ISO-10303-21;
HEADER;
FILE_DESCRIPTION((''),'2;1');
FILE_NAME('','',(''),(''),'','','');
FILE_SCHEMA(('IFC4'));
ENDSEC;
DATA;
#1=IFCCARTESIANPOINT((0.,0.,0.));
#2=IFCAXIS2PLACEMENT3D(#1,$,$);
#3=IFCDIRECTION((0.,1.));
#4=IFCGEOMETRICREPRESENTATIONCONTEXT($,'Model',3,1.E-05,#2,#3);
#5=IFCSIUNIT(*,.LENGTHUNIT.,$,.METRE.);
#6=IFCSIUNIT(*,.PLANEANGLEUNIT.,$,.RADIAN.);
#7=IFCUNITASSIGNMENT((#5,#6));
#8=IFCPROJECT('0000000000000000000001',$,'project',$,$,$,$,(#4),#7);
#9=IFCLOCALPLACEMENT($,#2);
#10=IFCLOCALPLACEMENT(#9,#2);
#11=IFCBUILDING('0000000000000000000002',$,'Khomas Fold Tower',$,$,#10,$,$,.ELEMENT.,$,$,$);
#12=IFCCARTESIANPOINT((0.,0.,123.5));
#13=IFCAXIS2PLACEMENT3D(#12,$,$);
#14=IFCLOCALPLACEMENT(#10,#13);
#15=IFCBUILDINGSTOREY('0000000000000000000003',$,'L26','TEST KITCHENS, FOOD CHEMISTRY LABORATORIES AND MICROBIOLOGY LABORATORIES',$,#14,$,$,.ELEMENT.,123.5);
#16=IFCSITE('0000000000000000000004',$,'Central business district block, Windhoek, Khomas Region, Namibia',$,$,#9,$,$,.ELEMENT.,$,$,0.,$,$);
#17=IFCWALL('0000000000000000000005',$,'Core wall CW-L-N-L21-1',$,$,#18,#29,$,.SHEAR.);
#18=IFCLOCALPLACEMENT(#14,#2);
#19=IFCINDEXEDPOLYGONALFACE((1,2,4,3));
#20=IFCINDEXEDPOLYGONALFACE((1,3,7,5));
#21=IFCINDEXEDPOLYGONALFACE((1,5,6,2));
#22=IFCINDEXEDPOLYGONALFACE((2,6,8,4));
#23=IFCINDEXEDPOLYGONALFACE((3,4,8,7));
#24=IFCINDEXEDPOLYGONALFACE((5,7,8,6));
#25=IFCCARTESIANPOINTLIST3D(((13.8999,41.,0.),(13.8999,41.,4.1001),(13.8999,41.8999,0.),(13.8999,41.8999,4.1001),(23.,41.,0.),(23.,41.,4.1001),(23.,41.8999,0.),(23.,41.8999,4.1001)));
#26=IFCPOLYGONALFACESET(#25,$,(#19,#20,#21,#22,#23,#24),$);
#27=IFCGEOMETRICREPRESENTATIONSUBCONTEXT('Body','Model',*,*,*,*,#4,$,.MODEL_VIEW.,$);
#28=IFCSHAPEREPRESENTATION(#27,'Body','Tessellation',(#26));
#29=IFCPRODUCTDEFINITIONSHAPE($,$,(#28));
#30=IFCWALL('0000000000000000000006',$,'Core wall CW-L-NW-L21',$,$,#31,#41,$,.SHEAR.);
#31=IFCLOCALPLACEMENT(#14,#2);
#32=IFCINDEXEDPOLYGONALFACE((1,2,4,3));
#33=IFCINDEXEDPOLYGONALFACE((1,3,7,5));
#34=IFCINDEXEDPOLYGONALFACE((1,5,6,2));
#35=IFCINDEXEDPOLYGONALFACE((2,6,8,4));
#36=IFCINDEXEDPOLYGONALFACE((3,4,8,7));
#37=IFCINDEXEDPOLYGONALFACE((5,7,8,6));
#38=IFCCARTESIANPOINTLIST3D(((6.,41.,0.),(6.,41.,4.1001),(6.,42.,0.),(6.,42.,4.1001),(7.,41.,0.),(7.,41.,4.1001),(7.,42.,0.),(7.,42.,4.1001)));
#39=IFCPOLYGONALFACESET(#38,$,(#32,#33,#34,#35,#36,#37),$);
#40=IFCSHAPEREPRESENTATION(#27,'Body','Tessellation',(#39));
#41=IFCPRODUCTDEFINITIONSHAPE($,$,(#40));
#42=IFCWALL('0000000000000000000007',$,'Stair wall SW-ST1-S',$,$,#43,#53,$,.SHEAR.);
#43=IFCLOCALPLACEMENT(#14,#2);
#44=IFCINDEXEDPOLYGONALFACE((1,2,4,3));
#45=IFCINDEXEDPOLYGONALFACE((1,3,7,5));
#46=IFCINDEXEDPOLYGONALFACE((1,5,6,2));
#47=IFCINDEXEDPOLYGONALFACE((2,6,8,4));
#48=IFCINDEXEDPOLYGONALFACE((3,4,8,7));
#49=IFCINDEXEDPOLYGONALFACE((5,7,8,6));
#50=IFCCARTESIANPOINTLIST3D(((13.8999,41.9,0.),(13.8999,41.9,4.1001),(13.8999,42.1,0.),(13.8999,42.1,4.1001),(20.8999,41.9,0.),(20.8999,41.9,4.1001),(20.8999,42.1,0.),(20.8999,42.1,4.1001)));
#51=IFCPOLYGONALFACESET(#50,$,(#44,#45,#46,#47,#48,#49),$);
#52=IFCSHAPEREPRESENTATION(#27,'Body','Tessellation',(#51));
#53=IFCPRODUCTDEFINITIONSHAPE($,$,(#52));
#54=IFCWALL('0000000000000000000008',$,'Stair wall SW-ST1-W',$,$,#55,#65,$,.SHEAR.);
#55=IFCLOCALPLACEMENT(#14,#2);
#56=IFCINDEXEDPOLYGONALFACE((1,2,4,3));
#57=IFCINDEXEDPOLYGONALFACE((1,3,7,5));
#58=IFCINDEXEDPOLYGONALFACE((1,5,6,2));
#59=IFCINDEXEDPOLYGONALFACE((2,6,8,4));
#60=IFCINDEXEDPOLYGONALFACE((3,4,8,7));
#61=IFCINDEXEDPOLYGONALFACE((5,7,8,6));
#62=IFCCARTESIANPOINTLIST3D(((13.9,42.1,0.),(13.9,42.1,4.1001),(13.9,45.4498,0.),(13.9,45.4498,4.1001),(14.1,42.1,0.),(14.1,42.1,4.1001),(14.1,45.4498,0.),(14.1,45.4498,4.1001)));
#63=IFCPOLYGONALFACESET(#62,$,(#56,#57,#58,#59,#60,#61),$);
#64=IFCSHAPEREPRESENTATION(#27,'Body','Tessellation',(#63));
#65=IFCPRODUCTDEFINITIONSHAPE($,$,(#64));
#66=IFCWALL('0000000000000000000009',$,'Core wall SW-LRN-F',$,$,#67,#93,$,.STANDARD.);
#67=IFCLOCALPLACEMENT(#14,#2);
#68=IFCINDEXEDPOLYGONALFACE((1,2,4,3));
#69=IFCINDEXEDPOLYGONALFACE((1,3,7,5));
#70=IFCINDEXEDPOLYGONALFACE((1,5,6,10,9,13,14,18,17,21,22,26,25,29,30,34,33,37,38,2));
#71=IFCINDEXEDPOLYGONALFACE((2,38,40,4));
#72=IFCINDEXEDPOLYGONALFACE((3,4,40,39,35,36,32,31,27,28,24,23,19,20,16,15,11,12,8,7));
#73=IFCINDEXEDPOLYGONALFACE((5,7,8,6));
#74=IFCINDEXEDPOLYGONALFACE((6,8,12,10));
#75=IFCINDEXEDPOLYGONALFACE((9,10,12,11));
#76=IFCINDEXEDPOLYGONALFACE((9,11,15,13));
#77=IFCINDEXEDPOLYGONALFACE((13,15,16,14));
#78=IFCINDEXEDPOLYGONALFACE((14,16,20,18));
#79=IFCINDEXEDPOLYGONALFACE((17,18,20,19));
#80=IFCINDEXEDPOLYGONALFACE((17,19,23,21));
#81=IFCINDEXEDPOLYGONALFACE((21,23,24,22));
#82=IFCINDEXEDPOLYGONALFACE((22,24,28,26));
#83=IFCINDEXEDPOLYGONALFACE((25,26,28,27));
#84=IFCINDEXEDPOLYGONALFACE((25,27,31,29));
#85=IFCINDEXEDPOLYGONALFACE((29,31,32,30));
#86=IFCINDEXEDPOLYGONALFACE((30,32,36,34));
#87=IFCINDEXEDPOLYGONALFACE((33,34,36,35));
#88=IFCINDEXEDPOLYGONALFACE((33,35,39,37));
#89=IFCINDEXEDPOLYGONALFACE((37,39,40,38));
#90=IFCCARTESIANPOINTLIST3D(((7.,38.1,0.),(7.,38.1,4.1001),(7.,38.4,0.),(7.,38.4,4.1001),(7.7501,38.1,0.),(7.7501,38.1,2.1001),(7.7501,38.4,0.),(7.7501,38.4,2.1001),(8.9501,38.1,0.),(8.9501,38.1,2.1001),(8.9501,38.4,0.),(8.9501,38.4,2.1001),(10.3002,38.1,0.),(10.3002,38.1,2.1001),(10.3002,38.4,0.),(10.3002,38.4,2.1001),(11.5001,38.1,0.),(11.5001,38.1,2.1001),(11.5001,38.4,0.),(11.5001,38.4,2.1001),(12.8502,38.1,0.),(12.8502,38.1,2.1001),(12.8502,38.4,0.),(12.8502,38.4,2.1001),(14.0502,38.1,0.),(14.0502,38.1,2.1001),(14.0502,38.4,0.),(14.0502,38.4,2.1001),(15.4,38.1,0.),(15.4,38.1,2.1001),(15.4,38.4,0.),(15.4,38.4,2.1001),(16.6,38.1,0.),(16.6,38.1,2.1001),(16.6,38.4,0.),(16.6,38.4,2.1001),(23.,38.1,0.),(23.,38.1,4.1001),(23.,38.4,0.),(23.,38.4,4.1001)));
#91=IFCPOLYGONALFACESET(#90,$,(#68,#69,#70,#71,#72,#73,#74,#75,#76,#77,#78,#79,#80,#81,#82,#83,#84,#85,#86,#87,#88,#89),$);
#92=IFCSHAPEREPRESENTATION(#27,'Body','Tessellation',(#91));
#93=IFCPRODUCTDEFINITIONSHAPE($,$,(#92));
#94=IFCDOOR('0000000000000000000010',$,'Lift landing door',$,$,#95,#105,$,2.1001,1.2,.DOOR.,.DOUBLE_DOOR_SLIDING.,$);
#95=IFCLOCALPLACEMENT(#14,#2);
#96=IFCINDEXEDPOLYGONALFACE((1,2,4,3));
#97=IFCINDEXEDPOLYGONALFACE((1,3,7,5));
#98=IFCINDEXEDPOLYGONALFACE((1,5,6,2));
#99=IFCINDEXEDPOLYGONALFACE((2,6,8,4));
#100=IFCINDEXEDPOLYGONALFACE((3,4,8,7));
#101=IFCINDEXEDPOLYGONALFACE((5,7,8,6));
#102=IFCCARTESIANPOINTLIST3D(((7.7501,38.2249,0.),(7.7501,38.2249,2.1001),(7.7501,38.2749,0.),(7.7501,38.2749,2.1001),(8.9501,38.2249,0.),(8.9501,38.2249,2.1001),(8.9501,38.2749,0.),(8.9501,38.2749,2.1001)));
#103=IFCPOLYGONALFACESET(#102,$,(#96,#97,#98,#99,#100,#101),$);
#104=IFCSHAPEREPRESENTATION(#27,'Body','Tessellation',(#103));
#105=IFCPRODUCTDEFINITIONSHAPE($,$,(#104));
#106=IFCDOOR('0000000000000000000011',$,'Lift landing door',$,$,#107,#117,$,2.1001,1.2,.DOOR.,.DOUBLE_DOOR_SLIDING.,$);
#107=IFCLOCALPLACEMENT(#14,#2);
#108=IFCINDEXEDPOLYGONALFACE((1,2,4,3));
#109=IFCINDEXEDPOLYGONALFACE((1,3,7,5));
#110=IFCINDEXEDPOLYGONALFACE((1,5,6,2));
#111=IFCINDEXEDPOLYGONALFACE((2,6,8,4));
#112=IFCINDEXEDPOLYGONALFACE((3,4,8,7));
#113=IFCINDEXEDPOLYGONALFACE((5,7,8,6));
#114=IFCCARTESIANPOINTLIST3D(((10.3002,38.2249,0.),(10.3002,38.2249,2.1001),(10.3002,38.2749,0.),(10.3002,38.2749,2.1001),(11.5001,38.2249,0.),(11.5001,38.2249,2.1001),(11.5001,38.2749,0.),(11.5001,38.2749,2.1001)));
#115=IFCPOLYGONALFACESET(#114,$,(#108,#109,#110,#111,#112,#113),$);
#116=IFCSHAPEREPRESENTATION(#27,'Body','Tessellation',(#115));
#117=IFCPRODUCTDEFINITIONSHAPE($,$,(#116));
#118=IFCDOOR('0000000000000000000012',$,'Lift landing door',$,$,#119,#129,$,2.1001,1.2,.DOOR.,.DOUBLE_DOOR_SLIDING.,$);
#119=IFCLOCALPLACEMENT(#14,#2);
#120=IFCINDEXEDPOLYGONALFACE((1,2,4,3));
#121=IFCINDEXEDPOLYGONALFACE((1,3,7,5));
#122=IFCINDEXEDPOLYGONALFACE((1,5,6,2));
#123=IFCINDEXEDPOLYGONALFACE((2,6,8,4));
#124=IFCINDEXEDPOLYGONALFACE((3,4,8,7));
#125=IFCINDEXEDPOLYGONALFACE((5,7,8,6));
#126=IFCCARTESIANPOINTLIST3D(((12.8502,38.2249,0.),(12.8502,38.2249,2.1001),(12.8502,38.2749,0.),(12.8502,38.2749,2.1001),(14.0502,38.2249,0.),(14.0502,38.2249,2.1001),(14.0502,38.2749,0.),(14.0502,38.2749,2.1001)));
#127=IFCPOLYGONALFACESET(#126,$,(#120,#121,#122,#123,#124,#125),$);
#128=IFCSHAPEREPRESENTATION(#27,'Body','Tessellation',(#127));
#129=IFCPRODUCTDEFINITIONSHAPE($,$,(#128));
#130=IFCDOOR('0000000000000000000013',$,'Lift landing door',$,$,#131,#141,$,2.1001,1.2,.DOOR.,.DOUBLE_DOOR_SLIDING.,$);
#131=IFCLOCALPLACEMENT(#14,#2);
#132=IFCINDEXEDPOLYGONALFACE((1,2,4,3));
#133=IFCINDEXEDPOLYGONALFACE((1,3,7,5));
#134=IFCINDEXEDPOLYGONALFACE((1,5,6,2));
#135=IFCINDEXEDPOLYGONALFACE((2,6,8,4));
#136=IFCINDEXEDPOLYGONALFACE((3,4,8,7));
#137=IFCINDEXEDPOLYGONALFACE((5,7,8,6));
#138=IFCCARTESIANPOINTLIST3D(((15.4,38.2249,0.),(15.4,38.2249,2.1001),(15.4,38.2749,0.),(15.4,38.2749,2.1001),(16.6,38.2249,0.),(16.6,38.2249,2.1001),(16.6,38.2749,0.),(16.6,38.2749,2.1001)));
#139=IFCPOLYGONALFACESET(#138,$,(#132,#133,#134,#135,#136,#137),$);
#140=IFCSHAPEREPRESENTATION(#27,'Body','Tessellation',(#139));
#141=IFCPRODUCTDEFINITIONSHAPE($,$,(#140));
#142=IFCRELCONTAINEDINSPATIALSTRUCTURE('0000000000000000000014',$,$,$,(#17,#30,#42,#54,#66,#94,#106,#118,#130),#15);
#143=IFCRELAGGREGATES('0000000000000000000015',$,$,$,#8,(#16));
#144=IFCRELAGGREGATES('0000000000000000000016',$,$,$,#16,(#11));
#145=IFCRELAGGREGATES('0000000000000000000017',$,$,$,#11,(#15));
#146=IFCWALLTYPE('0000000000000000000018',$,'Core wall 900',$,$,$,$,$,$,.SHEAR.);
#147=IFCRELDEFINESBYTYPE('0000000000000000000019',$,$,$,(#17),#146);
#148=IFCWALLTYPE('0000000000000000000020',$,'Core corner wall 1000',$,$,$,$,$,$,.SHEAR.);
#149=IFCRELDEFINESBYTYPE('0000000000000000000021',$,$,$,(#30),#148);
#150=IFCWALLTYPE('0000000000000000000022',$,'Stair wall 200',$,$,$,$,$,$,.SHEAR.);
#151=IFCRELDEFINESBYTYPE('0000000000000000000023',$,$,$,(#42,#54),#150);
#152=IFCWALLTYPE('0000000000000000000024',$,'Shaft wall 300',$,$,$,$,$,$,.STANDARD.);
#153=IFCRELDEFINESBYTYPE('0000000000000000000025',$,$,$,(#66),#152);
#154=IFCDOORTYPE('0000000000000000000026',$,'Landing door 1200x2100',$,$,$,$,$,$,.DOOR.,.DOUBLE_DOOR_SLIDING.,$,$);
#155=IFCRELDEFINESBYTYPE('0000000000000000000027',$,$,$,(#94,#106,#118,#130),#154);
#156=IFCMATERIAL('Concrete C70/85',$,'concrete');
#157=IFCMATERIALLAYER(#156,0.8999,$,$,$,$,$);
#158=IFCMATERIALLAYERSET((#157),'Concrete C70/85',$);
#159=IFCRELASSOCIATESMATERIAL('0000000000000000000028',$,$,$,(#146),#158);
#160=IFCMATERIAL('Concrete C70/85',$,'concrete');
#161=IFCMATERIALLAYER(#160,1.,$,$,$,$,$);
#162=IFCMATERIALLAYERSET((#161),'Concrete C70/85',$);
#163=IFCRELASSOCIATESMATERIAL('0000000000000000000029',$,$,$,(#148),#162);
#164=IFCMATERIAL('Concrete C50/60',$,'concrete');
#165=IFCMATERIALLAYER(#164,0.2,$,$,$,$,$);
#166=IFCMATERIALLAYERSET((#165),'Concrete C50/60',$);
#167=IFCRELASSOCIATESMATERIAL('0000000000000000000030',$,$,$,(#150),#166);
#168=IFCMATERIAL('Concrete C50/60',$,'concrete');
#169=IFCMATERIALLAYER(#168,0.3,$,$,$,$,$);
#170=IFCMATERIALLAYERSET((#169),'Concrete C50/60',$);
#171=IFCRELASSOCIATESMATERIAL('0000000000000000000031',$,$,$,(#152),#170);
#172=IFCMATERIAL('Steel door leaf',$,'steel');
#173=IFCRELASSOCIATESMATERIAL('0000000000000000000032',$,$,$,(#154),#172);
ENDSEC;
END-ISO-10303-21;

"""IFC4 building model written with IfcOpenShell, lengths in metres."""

from ifc_helpers import new_model, si_unit, direction, frame, frame_2d, origin, place, context, subcontext, project, spatial, rectangle, extrude, source, transform, mapped, material, layer, layer_set, type_object, element, fill, save


model = new_model("IFC4")

# Units and contexts
model_context = context("Model", 3, precision=1e-05, world=origin(), true_north=direction((0.0, 1.0)))
body_context = subcontext(model_context, "Body", "Model", "MODEL_VIEW")
ifc_project = project(units=[si_unit("LENGTHUNIT", "METRE"), si_unit("PLANEANGLEUNIT", "RADIAN")], contexts=[model_context])

# Site, building, storey
site_placement = place(None, origin())
site = spatial("IfcSite", under=ifc_project, at=site_placement, Name="Central business district block, Windhoek, Khomas Region, Namibia", CompositionType="ELEMENT", RefElevation=0.0)
building_placement = place(site_placement, origin())
building = spatial("IfcBuilding", under=site, at=building_placement, Name="Khomas Fold Tower", CompositionType="ELEMENT")
storey_placement = place(building_placement, frame((0.0, 0.0, 123.5)))
storey = spatial("IfcBuildingStorey", under=building, at=storey_placement, Name="L26", Description="TEST KITCHENS, FOOD CHEMISTRY LABORATORIES AND MICROBIOLOGY LABORATORIES", CompositionType="ELEMENT", Elevation=123.5)

# Walls
ifc_material_1 = material(Name="Concrete C70/85", Category="concrete")
ifc_layer_1 = layer(ifc_material_1, 0.8999)
ifc_layer_set_1 = layer_set([ifc_layer_1], Name="Concrete C70/85")
wall_type_1 = type_object("IfcWallType", Name="Core wall 900", PredefinedType="SHEAR", material=ifc_layer_set_1)
shared_shape_1 = source(origin(), body_context, "Body", "SweptSolid", [
    extrude(rectangle(XDim=9.1001, YDim=0.8999, at=frame_2d((4.55, 0.0))), origin(), (0.0, 0.0, 1.0), 4.1001),
])
wall_1_placement = place(storey_placement, frame((13.8999, 41.45, 0.0), z_axis=(0.0, 0.0, 1.0), x_axis=(1.0, 0.0, 0.0)))
element("IfcWall", 1, at=wall_1_placement, inside=storey, type_object=wall_type_1, Name="Core wall CW-L-N-L21-1", PredefinedType="SHEAR", context=body_context, shape_type="MappedRepresentation", body=[
    mapped(shared_shape_1, transform((0.0, 0.0, 0.0))),
])
ifc_material_2 = material(Name="Concrete C70/85", Category="concrete")
ifc_layer_2 = layer(ifc_material_2, 1.0)
ifc_layer_set_2 = layer_set([ifc_layer_2], Name="Concrete C70/85")
wall_type_2 = type_object("IfcWallType", Name="Core corner wall 1000", PredefinedType="SHEAR", material=ifc_layer_set_2)
shared_shape_2 = source(origin(), body_context, "Body", "SweptSolid", [
    extrude(rectangle(XDim=1.0, YDim=1.0, at=frame_2d((0.5, 0.0))), origin(), (0.0, 0.0, 1.0), 4.1001),
])
wall_2_placement = place(storey_placement, frame((6.0, 41.5, 0.0), z_axis=(0.0, 0.0, 1.0), x_axis=(1.0, 0.0, 0.0)))
element("IfcWall", 2, at=wall_2_placement, inside=storey, type_object=wall_type_2, Name="Core wall CW-L-NW-L21", PredefinedType="SHEAR", context=body_context, shape_type="MappedRepresentation", body=[
    mapped(shared_shape_2, transform((0.0, 0.0, 0.0))),
])
ifc_material_3 = material(Name="Concrete C50/60", Category="concrete")
ifc_layer_3 = layer(ifc_material_3, 0.2)
ifc_layer_set_3 = layer_set([ifc_layer_3], Name="Concrete C50/60")
wall_type_3 = type_object("IfcWallType", Name="Stair wall 200", PredefinedType="SHEAR", material=ifc_layer_set_3)
shared_shape_3 = source(origin(), body_context, "Body", "SweptSolid", [
    extrude(rectangle(XDim=7.0, YDim=0.2, at=frame_2d((3.5, 0.0))), origin(), (0.0, 0.0, 1.0), 4.1001),
])
wall_3_placement = place(storey_placement, frame((13.8999, 42.0, 0.0), z_axis=(0.0, 0.0, 1.0), x_axis=(1.0, 0.0, 0.0)))
element("IfcWall", 3, at=wall_3_placement, inside=storey, type_object=wall_type_3, Name="Stair wall SW-ST1-S", PredefinedType="SHEAR", context=body_context, shape_type="MappedRepresentation", body=[
    mapped(shared_shape_3, transform((0.0, 0.0, 0.0))),
])
shared_shape_4 = source(origin(), body_context, "Body", "SweptSolid", [
    extrude(rectangle(XDim=3.3499, YDim=0.2, at=frame_2d((1.6748, 0.0))), origin(), (0.0, 0.0, 1.0), 4.1001),
])
wall_4_placement = place(storey_placement, frame((14.0, 42.1001, 0.0), z_axis=(0.0, 0.0, 1.0), x_axis=(0.0, 1.0, 0.0)))
element("IfcWall", 4, at=wall_4_placement, inside=storey, type_object=wall_type_3, Name="Stair wall SW-ST1-W", PredefinedType="SHEAR", context=body_context, shape_type="MappedRepresentation", body=[
    mapped(shared_shape_4, transform((0.0, 0.0, 0.0))),
])

# Wall, openings, doors
ifc_material_4 = material(Name="Concrete C50/60", Category="concrete")
ifc_layer_4 = layer(ifc_material_4, 0.3)
ifc_layer_set_4 = layer_set([ifc_layer_4], Name="Concrete C50/60")
wall_type_4 = type_object("IfcWallType", Name="Shaft wall 300", PredefinedType="STANDARD", material=ifc_layer_set_4)
shared_shape_5 = source(origin(), body_context, "Body", "SweptSolid", [
    extrude(rectangle(XDim=16.0, YDim=0.3, at=frame_2d((8.0, 0.0))), origin(), (0.0, 0.0, 1.0), 4.1001),
])
wall_5_placement = place(storey_placement, frame((7.0, 38.25, 0.0), z_axis=(0.0, 0.0, 1.0), x_axis=(1.0, 0.0, 0.0)))
wall_5 = element("IfcWall", 5, at=wall_5_placement, inside=storey, type_object=wall_type_4, Name="Core wall SW-LRN-F", PredefinedType="STANDARD", context=body_context, shape_type="MappedRepresentation", body=[
    mapped(shared_shape_5, transform((0.0, 0.0, 0.0))),
])
shared_shape_6 = source(origin(), body_context, "Body", "SweptSolid", [
    extrude(rectangle(XDim=1.2, YDim=2.1001, at=frame_2d((0.6001, 1.05))), frame((0.0, 0.1599, 0.0), z_axis=(0.0, -1.0, 0.0), x_axis=(1.0, 0.0, 0.0)), (0.0, 0.0, 1.0), 0.3201),
])
opening_1_placement = place(wall_5_placement, frame((0.75, 0.0, 0.0)))
opening_1 = element("IfcOpeningElement", 6, at=opening_1_placement, cuts=wall_5, PredefinedType="OPENING", context=body_context, shape_type="MappedRepresentation", body=[
    mapped(shared_shape_6, transform((0.0, 0.0, 0.0))),
])
opening_2_placement = place(wall_5_placement, frame((3.3, 0.0, 0.0)))
opening_2 = element("IfcOpeningElement", 7, at=opening_2_placement, cuts=wall_5, PredefinedType="OPENING", context=body_context, shape_type="MappedRepresentation", body=[
    mapped(shared_shape_6, transform((0.0, 0.0, 0.0))),
])
opening_3_placement = place(wall_5_placement, frame((5.8501, 0.0, 0.0)))
opening_3 = element("IfcOpeningElement", 8, at=opening_3_placement, cuts=wall_5, PredefinedType="OPENING", context=body_context, shape_type="MappedRepresentation", body=[
    mapped(shared_shape_6, transform((0.0, 0.0, 0.0))),
])
opening_4_placement = place(wall_5_placement, frame((8.3999, 0.0, 0.0)))
opening_4 = element("IfcOpeningElement", 9, at=opening_4_placement, cuts=wall_5, PredefinedType="OPENING", context=body_context, shape_type="MappedRepresentation", body=[
    mapped(shared_shape_6, transform((0.0, 0.0, 0.0))),
])
ifc_material_5 = material(Name="Steel door leaf", Category="steel")
door_type = type_object("IfcDoorType", Name="Landing door 1200x2100", OperationType="DOUBLE_DOOR_SLIDING", PredefinedType="DOOR", material=ifc_material_5)
shared_shape_7 = source(origin(), body_context, "Body", "SweptSolid", [
    extrude(rectangle(XDim=1.2, YDim=2.1001, at=frame_2d((0.6001, 1.05))), frame((0.0, 0.0249, 0.0), z_axis=(0.0, -1.0, 0.0), x_axis=(1.0, 0.0, 0.0)), (0.0, 0.0, 1.0), 0.05),
])
door_1_placement = place(opening_1_placement, origin())
door_1 = element("IfcDoor", 10, at=door_1_placement, inside=storey, type_object=door_type, Name="Lift landing door", OperationType="DOUBLE_DOOR_SLIDING", OverallHeight=2.1001, OverallWidth=1.2, PredefinedType="DOOR", context=body_context, shape_type="MappedRepresentation", body=[
    mapped(shared_shape_7, transform((0.0, 0.0, 0.0))),
])
fill(opening_1, door_1)
door_2_placement = place(opening_2_placement, origin())
door_2 = element("IfcDoor", 11, at=door_2_placement, inside=storey, type_object=door_type, Name="Lift landing door", OperationType="DOUBLE_DOOR_SLIDING", OverallHeight=2.1001, OverallWidth=1.2, PredefinedType="DOOR", context=body_context, shape_type="MappedRepresentation", body=[
    mapped(shared_shape_7, transform((0.0, 0.0, 0.0))),
])
fill(opening_2, door_2)
door_3_placement = place(opening_3_placement, origin())
door_3 = element("IfcDoor", 12, at=door_3_placement, inside=storey, type_object=door_type, Name="Lift landing door", OperationType="DOUBLE_DOOR_SLIDING", OverallHeight=2.1001, OverallWidth=1.2, PredefinedType="DOOR", context=body_context, shape_type="MappedRepresentation", body=[
    mapped(shared_shape_7, transform((0.0, 0.0, 0.0))),
])
fill(opening_3, door_3)
door_4_placement = place(opening_4_placement, origin())
door_4 = element("IfcDoor", 13, at=door_4_placement, inside=storey, type_object=door_type, Name="Lift landing door", OperationType="DOUBLE_DOOR_SLIDING", OverallHeight=2.1001, OverallWidth=1.2, PredefinedType="DOOR", context=body_context, shape_type="MappedRepresentation", body=[
    mapped(shared_shape_7, transform((0.0, 0.0, 0.0))),
])
fill(opening_4, door_4)

save(model, "model.ifc")
